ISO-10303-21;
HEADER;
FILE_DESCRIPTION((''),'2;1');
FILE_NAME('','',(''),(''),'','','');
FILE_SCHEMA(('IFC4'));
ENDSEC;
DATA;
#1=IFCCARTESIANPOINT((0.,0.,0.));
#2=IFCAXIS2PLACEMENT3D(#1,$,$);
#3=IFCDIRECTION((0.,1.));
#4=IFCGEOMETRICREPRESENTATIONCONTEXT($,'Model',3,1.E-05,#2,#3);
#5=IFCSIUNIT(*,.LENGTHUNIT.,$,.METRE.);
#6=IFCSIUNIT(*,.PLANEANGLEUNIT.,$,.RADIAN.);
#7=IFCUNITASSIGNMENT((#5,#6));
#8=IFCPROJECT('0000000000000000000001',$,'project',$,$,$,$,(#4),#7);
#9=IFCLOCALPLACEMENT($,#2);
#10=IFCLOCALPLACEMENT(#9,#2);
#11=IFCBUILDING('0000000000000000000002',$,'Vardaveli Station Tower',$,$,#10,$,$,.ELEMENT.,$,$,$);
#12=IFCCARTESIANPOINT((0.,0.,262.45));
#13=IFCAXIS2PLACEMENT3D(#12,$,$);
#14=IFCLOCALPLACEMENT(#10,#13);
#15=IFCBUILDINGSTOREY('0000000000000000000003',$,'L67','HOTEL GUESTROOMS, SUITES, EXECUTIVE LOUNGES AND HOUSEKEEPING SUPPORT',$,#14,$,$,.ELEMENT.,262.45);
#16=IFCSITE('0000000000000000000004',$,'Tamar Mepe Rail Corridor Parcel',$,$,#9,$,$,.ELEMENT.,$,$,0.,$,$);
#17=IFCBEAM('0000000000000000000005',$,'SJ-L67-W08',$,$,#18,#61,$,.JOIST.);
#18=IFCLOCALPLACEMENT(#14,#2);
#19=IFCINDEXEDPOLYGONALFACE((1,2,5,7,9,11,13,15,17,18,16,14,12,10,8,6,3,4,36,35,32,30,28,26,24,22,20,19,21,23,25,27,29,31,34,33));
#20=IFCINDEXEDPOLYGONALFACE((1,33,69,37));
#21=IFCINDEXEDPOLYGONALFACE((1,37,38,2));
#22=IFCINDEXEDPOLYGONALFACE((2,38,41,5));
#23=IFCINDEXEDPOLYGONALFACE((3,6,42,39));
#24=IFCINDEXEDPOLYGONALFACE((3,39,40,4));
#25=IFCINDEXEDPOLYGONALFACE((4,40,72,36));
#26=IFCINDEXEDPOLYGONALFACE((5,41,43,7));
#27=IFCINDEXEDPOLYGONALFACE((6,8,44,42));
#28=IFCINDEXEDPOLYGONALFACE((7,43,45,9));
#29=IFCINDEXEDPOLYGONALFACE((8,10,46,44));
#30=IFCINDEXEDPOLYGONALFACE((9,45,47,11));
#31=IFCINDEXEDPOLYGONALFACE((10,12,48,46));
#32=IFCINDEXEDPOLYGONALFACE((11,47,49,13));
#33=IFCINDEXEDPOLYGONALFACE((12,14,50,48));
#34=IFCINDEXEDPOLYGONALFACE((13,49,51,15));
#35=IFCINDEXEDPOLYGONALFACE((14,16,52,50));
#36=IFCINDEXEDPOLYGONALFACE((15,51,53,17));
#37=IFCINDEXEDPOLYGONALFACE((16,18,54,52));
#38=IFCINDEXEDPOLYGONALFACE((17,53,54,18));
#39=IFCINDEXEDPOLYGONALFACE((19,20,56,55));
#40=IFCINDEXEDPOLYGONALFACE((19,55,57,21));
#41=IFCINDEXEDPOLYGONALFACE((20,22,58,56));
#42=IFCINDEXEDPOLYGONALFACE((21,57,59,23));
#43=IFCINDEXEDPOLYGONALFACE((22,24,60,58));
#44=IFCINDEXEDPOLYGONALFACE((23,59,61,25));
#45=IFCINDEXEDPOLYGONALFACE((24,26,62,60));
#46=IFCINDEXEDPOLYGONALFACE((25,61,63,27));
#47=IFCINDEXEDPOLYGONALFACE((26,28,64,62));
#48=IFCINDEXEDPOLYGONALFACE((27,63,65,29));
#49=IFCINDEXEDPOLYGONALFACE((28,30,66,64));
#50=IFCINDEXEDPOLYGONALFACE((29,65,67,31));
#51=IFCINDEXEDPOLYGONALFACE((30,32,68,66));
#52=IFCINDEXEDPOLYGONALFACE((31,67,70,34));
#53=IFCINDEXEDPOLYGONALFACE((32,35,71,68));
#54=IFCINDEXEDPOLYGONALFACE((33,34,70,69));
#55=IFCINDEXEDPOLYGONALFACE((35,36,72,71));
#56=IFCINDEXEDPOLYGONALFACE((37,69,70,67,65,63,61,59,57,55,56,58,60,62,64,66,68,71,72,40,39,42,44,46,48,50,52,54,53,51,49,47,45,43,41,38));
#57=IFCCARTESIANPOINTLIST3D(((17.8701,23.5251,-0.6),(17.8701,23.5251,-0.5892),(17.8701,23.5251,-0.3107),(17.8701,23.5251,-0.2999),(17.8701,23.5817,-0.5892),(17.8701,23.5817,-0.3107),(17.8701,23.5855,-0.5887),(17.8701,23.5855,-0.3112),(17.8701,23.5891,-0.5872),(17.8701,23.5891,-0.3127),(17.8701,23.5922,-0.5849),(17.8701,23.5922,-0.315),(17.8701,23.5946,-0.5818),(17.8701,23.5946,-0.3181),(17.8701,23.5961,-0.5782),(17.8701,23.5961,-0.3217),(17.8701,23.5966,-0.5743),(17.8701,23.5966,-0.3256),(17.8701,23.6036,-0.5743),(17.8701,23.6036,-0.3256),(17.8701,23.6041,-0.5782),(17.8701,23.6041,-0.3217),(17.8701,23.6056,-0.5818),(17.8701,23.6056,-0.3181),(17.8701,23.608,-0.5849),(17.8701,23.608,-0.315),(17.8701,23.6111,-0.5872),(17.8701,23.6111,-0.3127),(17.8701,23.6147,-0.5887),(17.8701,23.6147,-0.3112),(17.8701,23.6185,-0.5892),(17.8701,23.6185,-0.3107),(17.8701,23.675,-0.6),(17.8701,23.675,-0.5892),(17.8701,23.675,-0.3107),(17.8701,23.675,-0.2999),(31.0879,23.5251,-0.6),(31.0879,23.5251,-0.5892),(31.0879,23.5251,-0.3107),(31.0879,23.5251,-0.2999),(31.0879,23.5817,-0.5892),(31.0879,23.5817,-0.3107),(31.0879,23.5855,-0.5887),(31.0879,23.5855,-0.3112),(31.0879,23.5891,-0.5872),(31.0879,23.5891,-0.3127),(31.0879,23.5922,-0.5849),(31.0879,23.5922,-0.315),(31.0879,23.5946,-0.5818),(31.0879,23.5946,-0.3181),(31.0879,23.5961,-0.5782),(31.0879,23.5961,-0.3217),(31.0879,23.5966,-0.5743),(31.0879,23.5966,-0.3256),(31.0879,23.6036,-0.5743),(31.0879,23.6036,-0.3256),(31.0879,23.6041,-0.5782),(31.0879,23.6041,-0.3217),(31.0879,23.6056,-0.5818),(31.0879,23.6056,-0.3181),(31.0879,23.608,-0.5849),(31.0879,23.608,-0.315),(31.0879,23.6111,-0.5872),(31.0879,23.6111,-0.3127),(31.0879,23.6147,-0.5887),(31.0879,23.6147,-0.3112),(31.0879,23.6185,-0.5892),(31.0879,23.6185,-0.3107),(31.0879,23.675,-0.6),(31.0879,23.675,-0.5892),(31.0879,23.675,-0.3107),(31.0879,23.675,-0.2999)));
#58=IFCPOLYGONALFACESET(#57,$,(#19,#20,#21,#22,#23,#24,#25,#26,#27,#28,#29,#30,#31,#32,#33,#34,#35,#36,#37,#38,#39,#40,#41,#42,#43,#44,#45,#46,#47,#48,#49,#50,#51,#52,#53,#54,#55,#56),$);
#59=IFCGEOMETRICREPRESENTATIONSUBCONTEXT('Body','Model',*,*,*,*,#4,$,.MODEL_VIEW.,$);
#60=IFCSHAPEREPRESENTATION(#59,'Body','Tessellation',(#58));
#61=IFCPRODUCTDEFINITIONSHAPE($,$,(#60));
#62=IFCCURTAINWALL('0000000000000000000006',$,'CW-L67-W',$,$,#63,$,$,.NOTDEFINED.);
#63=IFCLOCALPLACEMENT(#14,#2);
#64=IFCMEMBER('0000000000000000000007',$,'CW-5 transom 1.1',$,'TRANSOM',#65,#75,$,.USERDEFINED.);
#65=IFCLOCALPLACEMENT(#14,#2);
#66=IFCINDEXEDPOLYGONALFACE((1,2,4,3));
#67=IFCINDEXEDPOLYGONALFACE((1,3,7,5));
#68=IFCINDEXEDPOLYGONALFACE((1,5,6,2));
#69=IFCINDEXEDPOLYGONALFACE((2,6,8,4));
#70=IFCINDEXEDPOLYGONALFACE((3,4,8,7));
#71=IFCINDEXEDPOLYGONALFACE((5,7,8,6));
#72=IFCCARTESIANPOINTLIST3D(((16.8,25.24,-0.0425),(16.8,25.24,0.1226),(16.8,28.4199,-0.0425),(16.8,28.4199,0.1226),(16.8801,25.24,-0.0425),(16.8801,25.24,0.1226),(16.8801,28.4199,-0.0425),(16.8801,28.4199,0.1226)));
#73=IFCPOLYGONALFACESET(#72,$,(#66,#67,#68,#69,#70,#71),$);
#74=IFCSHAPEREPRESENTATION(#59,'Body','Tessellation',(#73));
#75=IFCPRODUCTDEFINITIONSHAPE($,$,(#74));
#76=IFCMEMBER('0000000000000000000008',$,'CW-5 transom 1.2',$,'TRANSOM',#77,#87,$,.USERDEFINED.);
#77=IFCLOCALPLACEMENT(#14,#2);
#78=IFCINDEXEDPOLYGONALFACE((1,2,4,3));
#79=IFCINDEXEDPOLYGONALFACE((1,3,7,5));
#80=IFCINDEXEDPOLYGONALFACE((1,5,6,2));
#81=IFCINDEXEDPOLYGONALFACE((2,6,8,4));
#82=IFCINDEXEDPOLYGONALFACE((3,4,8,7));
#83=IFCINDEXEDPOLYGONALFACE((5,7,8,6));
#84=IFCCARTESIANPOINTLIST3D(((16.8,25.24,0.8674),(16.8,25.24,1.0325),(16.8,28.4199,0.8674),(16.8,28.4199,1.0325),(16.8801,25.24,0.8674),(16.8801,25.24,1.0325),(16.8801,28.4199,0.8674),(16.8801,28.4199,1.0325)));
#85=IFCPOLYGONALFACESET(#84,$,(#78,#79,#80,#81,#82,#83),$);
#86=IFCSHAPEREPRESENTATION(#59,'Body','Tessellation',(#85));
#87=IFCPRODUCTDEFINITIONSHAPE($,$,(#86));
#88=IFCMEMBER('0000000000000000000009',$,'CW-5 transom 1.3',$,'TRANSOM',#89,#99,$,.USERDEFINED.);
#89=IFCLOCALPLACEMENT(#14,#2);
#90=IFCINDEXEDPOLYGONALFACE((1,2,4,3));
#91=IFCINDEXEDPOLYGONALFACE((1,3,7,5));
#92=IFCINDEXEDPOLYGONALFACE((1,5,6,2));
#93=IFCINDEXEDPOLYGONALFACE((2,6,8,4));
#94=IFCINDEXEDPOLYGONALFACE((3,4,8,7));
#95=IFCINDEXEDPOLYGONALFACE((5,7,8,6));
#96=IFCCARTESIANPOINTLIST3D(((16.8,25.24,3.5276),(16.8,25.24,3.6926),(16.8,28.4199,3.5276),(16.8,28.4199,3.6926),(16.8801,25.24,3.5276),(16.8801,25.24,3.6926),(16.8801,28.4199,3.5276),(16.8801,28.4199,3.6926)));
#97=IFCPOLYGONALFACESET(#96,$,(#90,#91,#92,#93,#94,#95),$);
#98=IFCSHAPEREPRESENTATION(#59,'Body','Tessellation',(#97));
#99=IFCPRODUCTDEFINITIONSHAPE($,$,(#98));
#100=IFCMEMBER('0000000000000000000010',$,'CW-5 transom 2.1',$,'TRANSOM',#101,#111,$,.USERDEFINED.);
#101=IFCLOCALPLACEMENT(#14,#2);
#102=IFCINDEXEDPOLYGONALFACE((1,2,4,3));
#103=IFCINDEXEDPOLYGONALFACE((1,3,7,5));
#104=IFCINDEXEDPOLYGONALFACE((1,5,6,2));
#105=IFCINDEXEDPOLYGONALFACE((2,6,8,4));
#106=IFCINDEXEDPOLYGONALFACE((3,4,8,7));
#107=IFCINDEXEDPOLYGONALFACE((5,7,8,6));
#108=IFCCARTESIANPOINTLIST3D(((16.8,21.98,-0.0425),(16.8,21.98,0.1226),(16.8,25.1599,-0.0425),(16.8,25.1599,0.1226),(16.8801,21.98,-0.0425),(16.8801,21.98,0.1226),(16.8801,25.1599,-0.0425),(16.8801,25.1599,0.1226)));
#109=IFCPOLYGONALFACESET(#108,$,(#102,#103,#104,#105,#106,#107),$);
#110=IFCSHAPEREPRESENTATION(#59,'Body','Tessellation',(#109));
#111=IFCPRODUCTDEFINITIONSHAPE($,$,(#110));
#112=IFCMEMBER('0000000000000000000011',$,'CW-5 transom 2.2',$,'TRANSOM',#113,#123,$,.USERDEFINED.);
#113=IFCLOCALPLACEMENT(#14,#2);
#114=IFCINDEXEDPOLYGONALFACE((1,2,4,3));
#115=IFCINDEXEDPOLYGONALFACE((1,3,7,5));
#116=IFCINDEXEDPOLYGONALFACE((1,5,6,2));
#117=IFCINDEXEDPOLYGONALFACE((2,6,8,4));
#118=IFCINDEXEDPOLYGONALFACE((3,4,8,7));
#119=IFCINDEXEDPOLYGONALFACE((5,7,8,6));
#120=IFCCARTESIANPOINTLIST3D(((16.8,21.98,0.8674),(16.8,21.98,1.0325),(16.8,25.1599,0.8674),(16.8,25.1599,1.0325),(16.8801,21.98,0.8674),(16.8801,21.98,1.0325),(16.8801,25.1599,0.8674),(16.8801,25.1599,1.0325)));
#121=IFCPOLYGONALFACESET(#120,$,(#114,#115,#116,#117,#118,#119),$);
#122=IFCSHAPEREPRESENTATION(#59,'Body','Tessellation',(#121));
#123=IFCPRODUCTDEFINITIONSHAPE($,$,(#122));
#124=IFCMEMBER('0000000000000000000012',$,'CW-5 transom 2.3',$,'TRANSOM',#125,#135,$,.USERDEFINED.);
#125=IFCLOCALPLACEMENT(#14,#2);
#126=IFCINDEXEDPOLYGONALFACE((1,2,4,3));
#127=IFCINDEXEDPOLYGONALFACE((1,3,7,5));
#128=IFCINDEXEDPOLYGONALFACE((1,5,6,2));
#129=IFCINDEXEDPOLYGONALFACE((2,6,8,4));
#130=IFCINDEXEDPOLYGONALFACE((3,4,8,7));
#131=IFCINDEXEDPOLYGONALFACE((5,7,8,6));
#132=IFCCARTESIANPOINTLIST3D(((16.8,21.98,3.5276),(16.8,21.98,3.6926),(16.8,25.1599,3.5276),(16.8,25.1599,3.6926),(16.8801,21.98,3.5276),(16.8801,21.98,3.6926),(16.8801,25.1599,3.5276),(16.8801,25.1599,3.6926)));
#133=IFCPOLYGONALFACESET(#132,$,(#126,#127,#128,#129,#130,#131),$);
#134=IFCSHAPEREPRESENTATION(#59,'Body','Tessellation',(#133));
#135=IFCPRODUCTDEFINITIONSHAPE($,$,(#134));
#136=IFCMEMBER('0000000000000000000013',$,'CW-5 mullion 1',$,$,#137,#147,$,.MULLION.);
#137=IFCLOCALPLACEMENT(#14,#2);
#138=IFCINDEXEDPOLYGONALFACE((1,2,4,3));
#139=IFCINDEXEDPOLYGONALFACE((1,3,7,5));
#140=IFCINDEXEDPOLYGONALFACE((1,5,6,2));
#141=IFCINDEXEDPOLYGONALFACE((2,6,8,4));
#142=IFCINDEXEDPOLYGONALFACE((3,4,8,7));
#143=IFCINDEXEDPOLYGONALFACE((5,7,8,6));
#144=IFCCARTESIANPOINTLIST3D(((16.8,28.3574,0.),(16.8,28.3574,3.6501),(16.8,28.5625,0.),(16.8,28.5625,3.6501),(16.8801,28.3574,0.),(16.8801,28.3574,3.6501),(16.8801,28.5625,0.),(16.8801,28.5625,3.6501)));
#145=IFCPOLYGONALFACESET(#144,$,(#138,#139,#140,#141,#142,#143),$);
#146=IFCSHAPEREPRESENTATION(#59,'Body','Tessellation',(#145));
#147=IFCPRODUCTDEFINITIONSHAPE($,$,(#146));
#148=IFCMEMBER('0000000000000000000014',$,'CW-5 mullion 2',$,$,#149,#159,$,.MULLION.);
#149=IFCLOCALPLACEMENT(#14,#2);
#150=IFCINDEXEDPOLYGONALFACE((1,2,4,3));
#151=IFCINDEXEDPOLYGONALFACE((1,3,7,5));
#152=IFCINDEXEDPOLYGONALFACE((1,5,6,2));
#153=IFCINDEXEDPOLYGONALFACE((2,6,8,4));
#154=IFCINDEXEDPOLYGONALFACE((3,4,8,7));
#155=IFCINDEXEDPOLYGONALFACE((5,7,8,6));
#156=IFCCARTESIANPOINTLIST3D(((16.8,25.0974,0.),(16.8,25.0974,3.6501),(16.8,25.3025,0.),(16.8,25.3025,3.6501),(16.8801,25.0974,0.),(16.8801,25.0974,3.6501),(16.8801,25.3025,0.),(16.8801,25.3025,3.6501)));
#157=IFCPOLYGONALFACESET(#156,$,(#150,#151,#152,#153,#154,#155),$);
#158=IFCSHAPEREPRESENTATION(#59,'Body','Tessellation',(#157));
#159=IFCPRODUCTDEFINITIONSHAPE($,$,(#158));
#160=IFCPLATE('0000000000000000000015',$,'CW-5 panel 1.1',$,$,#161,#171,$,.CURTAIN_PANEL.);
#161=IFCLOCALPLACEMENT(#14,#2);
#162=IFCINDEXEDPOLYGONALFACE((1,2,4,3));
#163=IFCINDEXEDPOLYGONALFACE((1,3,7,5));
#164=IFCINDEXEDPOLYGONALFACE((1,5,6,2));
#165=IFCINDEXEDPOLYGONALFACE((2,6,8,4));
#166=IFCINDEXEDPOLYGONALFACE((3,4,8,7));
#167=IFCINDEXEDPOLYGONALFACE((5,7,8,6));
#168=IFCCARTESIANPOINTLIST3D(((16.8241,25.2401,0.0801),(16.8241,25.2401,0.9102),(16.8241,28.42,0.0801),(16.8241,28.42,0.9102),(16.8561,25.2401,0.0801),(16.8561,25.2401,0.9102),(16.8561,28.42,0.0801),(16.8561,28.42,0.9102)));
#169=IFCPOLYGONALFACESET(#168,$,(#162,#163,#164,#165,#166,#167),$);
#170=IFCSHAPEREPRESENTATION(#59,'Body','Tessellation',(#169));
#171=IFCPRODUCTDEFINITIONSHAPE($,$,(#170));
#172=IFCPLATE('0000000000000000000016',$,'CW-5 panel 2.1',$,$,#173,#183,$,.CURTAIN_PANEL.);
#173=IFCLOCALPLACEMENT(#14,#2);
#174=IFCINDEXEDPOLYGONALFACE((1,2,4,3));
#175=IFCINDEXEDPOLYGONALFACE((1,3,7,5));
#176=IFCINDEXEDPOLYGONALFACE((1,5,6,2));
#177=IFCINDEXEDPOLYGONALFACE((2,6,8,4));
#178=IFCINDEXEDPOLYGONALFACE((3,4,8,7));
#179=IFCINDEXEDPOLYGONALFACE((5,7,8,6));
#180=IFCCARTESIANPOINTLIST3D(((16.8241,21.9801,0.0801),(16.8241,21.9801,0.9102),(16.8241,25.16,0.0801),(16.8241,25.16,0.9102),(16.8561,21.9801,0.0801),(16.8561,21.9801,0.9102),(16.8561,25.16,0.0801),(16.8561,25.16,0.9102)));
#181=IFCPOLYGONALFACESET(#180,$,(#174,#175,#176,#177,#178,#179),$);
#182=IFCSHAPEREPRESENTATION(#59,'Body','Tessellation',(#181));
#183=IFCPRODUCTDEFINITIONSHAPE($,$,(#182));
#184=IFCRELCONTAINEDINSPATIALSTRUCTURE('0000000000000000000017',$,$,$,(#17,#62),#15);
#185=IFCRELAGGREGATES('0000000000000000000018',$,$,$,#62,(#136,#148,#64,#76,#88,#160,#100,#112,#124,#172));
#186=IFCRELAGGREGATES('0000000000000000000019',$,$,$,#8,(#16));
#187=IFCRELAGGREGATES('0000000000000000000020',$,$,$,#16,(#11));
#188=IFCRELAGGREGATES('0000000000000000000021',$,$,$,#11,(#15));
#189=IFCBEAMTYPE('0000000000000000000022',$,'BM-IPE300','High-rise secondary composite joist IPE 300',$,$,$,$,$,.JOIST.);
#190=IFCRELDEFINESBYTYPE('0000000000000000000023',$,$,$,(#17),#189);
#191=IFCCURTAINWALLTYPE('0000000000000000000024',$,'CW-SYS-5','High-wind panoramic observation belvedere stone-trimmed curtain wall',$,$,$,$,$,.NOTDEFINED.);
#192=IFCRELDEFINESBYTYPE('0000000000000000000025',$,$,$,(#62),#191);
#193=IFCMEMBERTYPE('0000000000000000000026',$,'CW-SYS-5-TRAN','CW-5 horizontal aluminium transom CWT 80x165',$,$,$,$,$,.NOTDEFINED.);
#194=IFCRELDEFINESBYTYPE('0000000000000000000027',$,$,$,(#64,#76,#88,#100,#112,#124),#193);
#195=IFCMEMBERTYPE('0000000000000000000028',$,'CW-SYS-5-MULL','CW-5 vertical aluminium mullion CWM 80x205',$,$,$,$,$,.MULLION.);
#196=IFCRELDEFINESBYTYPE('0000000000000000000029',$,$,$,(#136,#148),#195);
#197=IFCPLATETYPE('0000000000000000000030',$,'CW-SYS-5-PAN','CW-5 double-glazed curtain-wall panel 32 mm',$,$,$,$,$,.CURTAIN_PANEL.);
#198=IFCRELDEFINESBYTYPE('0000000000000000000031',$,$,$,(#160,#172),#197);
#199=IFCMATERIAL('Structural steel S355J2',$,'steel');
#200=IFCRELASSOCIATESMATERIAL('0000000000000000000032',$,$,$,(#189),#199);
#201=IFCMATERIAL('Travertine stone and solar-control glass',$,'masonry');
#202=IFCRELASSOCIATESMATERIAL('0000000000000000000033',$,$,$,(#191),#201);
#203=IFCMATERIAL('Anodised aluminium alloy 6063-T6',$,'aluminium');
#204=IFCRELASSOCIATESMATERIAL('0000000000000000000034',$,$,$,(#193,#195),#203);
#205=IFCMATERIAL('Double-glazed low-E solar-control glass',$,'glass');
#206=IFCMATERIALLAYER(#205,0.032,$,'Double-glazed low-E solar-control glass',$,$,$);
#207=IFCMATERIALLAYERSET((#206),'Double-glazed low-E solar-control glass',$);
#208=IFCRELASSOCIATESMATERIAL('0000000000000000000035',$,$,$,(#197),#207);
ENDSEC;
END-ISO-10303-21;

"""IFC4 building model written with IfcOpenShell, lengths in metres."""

from ifc_helpers import new_model, si_unit, direction, frame, origin, origin_2d, place, context, subcontext, project, spatial, rectangle, i_section, extrude, source, transform, mapped, material, layer, layer_set, material_profile, profile_set, type_object, element, aggregate, save


model = new_model("IFC4")

# Units and contexts
model_context = context("Model", 3, precision=1e-05, world=origin(), true_north=direction((0.0, 1.0)))
body_context = subcontext(model_context, "Body", "Model", "MODEL_VIEW")
ifc_project = project(units=[si_unit("LENGTHUNIT", "METRE"), si_unit("PLANEANGLEUNIT", "RADIAN")], contexts=[model_context])

# Site, building, storey
site_placement = place(None, origin())
site = spatial("IfcSite", under=ifc_project, at=site_placement, Name="Tamar Mepe Rail Corridor Parcel", CompositionType="ELEMENT", RefElevation=0.0)
building_placement = place(site_placement, origin())
building = spatial("IfcBuilding", under=site, at=building_placement, Name="Vardaveli Station Tower", CompositionType="ELEMENT")
storey_placement = place(building_placement, frame((0.0, 0.0, 262.45)))
storey = spatial("IfcBuildingStorey", under=building, at=storey_placement, Name="L67", Description="HOTEL GUESTROOMS, SUITES, EXECUTIVE LOUNGES AND HOUSEKEEPING SUPPORT", CompositionType="ELEMENT", Elevation=262.45)

# Beam
ifc_material_1 = material(Name="Structural steel S355J2", Category="steel")
ifc_material_profile_1 = material_profile(ifc_material_1, i_section(OverallWidth=0.1499, OverallDepth=0.3, WebThickness=0.0071, FlangeThickness=0.0107, FilletRadius=0.0149, at=origin_2d()), Name="IPE 300")
ifc_profile_set_1 = profile_set([ifc_material_profile_1], Name="Structural steel S355J2")
beam_type_1 = type_object("IfcBeamType", Name="BM-IPE300", Description="High-rise secondary composite joist IPE 300", PredefinedType="JOIST", material=ifc_profile_set_1)
shared_shape_1 = source(origin(), body_context, "Body", "SweptSolid", [
    extrude(i_section(OverallWidth=0.1499, OverallDepth=0.3, WebThickness=0.0071, FlangeThickness=0.0107, FilletRadius=0.0149, at=origin_2d()), origin(), (0.0, 0.0, 1.0), 13.2178),
])
beam_1_placement = place(storey_placement, frame((17.8701, 23.6001, -0.45), z_axis=(1.0, 0.0, 0.0), x_axis=(0.0, 1.0, 0.0)))
element("IfcBeam", 1, at=beam_1_placement, inside=storey, type_object=beam_type_1, Name="SJ-L67-W08", PredefinedType="JOIST", context=body_context, shape_type="MappedRepresentation", body=[
    mapped(shared_shape_1, transform((0.0, 0.0, 0.0), scale=1.0)),
])

# Curtain wall, members, plates
ifc_material_2 = material(Name="Travertine stone and solar-control glass", Category="masonry")
curtain_wall_type = type_object("IfcCurtainWallType", Name="CW-SYS-5", Description="High-wind panoramic observation belvedere stone-trimmed curtain wall", PredefinedType="NOTDEFINED", material=ifc_material_2)
curtain_wall_placement = place(storey_placement, origin())
curtain_wall = element("IfcCurtainWall", 2, at=curtain_wall_placement, inside=storey, type_object=curtain_wall_type, Name="CW-L67-W", PredefinedType="NOTDEFINED")
ifc_material_3 = material(Name="Anodised aluminium alloy 6063-T6", Category="aluminium")
ifc_material_profile_2 = material_profile(ifc_material_3, rectangle(XDim=0.0801, YDim=0.165, at=origin_2d()), Name="CWT 80x165")
ifc_profile_set_2 = profile_set([ifc_material_profile_2], Name="Anodised aluminium alloy 6063-T6")
member_type_1 = type_object("IfcMemberType", Name="CW-SYS-5-TRAN", Description="CW-5 horizontal aluminium transom CWT 80x165", PredefinedType="NOTDEFINED", material=ifc_profile_set_2)
shared_shape_2 = source(origin(), body_context, "Body", "SweptSolid", [
    extrude(rectangle(XDim=0.0801, YDim=0.165, at=origin_2d()), origin(), (0.0, 0.0, 1.0), 3.1799),
])
member_1_placement = place(storey_placement, frame((16.8401, 28.4199, 0.04), z_axis=(0.0, -1.0, 0.0), x_axis=(1.0, 0.0, 0.0)))
member_1 = element("IfcMember", 3, at=member_1_placement, type_object=member_type_1, Name="CW-5 transom 1.1", ObjectType="TRANSOM", PredefinedType="USERDEFINED", context=body_context, shape_type="MappedRepresentation", body=[
    mapped(shared_shape_2, transform((0.0, 0.0, 0.0), scale=1.0)),
])
member_2_placement = place(storey_placement, frame((16.8401, 28.4199, 0.95), z_axis=(0.0, -1.0, 0.0), x_axis=(1.0, 0.0, 0.0)))
member_2 = element("IfcMember", 4, at=member_2_placement, type_object=member_type_1, Name="CW-5 transom 1.2", ObjectType="TRANSOM", PredefinedType="USERDEFINED", context=body_context, shape_type="MappedRepresentation", body=[
    mapped(shared_shape_2, transform((0.0, 0.0, 0.0), scale=1.0)),
])
member_3_placement = place(storey_placement, frame((16.8401, 28.4199, 3.6101), z_axis=(0.0, -1.0, 0.0), x_axis=(1.0, 0.0, 0.0)))
member_3 = element("IfcMember", 5, at=member_3_placement, type_object=member_type_1, Name="CW-5 transom 1.3", ObjectType="TRANSOM", PredefinedType="USERDEFINED", context=body_context, shape_type="MappedRepresentation", body=[
    mapped(shared_shape_2, transform((0.0, 0.0, 0.0), scale=1.0)),
])
member_4_placement = place(storey_placement, frame((16.8401, 25.1599, 0.04), z_axis=(0.0, -1.0, 0.0), x_axis=(1.0, 0.0, 0.0)))
member_4 = element("IfcMember", 6, at=member_4_placement, type_object=member_type_1, Name="CW-5 transom 2.1", ObjectType="TRANSOM", PredefinedType="USERDEFINED", context=body_context, shape_type="MappedRepresentation", body=[
    mapped(shared_shape_2, transform((0.0, 0.0, 0.0), scale=1.0)),
])
member_5_placement = place(storey_placement, frame((16.8401, 25.1599, 0.95), z_axis=(0.0, -1.0, 0.0), x_axis=(1.0, 0.0, 0.0)))
member_5 = element("IfcMember", 7, at=member_5_placement, type_object=member_type_1, Name="CW-5 transom 2.2", ObjectType="TRANSOM", PredefinedType="USERDEFINED", context=body_context, shape_type="MappedRepresentation", body=[
    mapped(shared_shape_2, transform((0.0, 0.0, 0.0), scale=1.0)),
])
member_6_placement = place(storey_placement, frame((16.8401, 25.1599, 3.6101), z_axis=(0.0, -1.0, 0.0), x_axis=(1.0, 0.0, 0.0)))
member_6 = element("IfcMember", 8, at=member_6_placement, type_object=member_type_1, Name="CW-5 transom 2.3", ObjectType="TRANSOM", PredefinedType="USERDEFINED", context=body_context, shape_type="MappedRepresentation", body=[
    mapped(shared_shape_2, transform((0.0, 0.0, 0.0), scale=1.0)),
])
ifc_material_profile_3 = material_profile(ifc_material_3, rectangle(XDim=0.0801, YDim=0.2051, at=origin_2d()), Name="CWM 80x205")
ifc_profile_set_3 = profile_set([ifc_material_profile_3], Name="Anodised aluminium alloy 6063-T6")
member_type_2 = type_object("IfcMemberType", Name="CW-SYS-5-MULL", Description="CW-5 vertical aluminium mullion CWM 80x205", PredefinedType="MULLION", material=ifc_profile_set_3)
shared_shape_3 = source(origin(), body_context, "Body", "SweptSolid", [
    extrude(rectangle(XDim=0.0801, YDim=0.2051, at=origin_2d()), origin(), (0.0, 0.0, 1.0), 3.6501),
])
member_7_placement = place(storey_placement, frame((16.8401, 28.46, 0.0), z_axis=(0.0, 0.0, 1.0), x_axis=(1.0, 0.0, 0.0)))
member_7 = element("IfcMember", 9, at=member_7_placement, type_object=member_type_2, Name="CW-5 mullion 1", PredefinedType="MULLION", context=body_context, shape_type="MappedRepresentation", body=[
    mapped(shared_shape_3, transform((0.0, 0.0, 0.0), scale=1.0)),
])
member_8_placement = place(storey_placement, frame((16.8401, 25.2, 0.0), z_axis=(0.0, 0.0, 1.0), x_axis=(1.0, 0.0, 0.0)))
member_8 = element("IfcMember", 10, at=member_8_placement, type_object=member_type_2, Name="CW-5 mullion 2", PredefinedType="MULLION", context=body_context, shape_type="MappedRepresentation", body=[
    mapped(shared_shape_3, transform((0.0, 0.0, 0.0), scale=1.0)),
])
ifc_material_4 = material(Name="Double-glazed low-E solar-control glass", Category="glass")
ifc_layer_1 = layer(ifc_material_4, 0.032, Name="Double-glazed low-E solar-control glass")
ifc_layer_set_1 = layer_set([ifc_layer_1], Name="Double-glazed low-E solar-control glass")
plate_type = type_object("IfcPlateType", Name="CW-SYS-5-PAN", Description="CW-5 double-glazed curtain-wall panel 32 mm", PredefinedType="CURTAIN_PANEL", material=ifc_layer_set_1)
shared_shape_4 = source(origin(), body_context, "Body", "SweptSolid", [
    extrude(rectangle(XDim=3.1799, YDim=0.032, at=origin_2d()), origin(), (0.0, 0.0, 1.0), 0.8301),
])
plate_1_placement = place(storey_placement, frame((16.8401, 26.8301, 0.0801), z_axis=(0.0, 0.0, 1.0), x_axis=(0.0, -1.0, 0.0)))
plate_1 = element("IfcPlate", 11, at=plate_1_placement, type_object=plate_type, Name="CW-5 panel 1.1", PredefinedType="CURTAIN_PANEL", context=body_context, shape_type="MappedRepresentation", body=[
    mapped(shared_shape_4, transform((0.0, 0.0, 0.0), scale=1.0)),
])
plate_2_placement = place(storey_placement, frame((16.8401, 23.5701, 0.0801), z_axis=(0.0, 0.0, 1.0), x_axis=(0.0, -1.0, 0.0)))
plate_2 = element("IfcPlate", 12, at=plate_2_placement, type_object=plate_type, Name="CW-5 panel 2.1", PredefinedType="CURTAIN_PANEL", context=body_context, shape_type="MappedRepresentation", body=[
    mapped(shared_shape_4, transform((0.0, 0.0, 0.0), scale=1.0)),
])
aggregate(curtain_wall, [member_7, member_8, member_1, member_2, member_3, plate_1, member_4, member_5, member_6, plate_2])

save(model, "model.ifc")
